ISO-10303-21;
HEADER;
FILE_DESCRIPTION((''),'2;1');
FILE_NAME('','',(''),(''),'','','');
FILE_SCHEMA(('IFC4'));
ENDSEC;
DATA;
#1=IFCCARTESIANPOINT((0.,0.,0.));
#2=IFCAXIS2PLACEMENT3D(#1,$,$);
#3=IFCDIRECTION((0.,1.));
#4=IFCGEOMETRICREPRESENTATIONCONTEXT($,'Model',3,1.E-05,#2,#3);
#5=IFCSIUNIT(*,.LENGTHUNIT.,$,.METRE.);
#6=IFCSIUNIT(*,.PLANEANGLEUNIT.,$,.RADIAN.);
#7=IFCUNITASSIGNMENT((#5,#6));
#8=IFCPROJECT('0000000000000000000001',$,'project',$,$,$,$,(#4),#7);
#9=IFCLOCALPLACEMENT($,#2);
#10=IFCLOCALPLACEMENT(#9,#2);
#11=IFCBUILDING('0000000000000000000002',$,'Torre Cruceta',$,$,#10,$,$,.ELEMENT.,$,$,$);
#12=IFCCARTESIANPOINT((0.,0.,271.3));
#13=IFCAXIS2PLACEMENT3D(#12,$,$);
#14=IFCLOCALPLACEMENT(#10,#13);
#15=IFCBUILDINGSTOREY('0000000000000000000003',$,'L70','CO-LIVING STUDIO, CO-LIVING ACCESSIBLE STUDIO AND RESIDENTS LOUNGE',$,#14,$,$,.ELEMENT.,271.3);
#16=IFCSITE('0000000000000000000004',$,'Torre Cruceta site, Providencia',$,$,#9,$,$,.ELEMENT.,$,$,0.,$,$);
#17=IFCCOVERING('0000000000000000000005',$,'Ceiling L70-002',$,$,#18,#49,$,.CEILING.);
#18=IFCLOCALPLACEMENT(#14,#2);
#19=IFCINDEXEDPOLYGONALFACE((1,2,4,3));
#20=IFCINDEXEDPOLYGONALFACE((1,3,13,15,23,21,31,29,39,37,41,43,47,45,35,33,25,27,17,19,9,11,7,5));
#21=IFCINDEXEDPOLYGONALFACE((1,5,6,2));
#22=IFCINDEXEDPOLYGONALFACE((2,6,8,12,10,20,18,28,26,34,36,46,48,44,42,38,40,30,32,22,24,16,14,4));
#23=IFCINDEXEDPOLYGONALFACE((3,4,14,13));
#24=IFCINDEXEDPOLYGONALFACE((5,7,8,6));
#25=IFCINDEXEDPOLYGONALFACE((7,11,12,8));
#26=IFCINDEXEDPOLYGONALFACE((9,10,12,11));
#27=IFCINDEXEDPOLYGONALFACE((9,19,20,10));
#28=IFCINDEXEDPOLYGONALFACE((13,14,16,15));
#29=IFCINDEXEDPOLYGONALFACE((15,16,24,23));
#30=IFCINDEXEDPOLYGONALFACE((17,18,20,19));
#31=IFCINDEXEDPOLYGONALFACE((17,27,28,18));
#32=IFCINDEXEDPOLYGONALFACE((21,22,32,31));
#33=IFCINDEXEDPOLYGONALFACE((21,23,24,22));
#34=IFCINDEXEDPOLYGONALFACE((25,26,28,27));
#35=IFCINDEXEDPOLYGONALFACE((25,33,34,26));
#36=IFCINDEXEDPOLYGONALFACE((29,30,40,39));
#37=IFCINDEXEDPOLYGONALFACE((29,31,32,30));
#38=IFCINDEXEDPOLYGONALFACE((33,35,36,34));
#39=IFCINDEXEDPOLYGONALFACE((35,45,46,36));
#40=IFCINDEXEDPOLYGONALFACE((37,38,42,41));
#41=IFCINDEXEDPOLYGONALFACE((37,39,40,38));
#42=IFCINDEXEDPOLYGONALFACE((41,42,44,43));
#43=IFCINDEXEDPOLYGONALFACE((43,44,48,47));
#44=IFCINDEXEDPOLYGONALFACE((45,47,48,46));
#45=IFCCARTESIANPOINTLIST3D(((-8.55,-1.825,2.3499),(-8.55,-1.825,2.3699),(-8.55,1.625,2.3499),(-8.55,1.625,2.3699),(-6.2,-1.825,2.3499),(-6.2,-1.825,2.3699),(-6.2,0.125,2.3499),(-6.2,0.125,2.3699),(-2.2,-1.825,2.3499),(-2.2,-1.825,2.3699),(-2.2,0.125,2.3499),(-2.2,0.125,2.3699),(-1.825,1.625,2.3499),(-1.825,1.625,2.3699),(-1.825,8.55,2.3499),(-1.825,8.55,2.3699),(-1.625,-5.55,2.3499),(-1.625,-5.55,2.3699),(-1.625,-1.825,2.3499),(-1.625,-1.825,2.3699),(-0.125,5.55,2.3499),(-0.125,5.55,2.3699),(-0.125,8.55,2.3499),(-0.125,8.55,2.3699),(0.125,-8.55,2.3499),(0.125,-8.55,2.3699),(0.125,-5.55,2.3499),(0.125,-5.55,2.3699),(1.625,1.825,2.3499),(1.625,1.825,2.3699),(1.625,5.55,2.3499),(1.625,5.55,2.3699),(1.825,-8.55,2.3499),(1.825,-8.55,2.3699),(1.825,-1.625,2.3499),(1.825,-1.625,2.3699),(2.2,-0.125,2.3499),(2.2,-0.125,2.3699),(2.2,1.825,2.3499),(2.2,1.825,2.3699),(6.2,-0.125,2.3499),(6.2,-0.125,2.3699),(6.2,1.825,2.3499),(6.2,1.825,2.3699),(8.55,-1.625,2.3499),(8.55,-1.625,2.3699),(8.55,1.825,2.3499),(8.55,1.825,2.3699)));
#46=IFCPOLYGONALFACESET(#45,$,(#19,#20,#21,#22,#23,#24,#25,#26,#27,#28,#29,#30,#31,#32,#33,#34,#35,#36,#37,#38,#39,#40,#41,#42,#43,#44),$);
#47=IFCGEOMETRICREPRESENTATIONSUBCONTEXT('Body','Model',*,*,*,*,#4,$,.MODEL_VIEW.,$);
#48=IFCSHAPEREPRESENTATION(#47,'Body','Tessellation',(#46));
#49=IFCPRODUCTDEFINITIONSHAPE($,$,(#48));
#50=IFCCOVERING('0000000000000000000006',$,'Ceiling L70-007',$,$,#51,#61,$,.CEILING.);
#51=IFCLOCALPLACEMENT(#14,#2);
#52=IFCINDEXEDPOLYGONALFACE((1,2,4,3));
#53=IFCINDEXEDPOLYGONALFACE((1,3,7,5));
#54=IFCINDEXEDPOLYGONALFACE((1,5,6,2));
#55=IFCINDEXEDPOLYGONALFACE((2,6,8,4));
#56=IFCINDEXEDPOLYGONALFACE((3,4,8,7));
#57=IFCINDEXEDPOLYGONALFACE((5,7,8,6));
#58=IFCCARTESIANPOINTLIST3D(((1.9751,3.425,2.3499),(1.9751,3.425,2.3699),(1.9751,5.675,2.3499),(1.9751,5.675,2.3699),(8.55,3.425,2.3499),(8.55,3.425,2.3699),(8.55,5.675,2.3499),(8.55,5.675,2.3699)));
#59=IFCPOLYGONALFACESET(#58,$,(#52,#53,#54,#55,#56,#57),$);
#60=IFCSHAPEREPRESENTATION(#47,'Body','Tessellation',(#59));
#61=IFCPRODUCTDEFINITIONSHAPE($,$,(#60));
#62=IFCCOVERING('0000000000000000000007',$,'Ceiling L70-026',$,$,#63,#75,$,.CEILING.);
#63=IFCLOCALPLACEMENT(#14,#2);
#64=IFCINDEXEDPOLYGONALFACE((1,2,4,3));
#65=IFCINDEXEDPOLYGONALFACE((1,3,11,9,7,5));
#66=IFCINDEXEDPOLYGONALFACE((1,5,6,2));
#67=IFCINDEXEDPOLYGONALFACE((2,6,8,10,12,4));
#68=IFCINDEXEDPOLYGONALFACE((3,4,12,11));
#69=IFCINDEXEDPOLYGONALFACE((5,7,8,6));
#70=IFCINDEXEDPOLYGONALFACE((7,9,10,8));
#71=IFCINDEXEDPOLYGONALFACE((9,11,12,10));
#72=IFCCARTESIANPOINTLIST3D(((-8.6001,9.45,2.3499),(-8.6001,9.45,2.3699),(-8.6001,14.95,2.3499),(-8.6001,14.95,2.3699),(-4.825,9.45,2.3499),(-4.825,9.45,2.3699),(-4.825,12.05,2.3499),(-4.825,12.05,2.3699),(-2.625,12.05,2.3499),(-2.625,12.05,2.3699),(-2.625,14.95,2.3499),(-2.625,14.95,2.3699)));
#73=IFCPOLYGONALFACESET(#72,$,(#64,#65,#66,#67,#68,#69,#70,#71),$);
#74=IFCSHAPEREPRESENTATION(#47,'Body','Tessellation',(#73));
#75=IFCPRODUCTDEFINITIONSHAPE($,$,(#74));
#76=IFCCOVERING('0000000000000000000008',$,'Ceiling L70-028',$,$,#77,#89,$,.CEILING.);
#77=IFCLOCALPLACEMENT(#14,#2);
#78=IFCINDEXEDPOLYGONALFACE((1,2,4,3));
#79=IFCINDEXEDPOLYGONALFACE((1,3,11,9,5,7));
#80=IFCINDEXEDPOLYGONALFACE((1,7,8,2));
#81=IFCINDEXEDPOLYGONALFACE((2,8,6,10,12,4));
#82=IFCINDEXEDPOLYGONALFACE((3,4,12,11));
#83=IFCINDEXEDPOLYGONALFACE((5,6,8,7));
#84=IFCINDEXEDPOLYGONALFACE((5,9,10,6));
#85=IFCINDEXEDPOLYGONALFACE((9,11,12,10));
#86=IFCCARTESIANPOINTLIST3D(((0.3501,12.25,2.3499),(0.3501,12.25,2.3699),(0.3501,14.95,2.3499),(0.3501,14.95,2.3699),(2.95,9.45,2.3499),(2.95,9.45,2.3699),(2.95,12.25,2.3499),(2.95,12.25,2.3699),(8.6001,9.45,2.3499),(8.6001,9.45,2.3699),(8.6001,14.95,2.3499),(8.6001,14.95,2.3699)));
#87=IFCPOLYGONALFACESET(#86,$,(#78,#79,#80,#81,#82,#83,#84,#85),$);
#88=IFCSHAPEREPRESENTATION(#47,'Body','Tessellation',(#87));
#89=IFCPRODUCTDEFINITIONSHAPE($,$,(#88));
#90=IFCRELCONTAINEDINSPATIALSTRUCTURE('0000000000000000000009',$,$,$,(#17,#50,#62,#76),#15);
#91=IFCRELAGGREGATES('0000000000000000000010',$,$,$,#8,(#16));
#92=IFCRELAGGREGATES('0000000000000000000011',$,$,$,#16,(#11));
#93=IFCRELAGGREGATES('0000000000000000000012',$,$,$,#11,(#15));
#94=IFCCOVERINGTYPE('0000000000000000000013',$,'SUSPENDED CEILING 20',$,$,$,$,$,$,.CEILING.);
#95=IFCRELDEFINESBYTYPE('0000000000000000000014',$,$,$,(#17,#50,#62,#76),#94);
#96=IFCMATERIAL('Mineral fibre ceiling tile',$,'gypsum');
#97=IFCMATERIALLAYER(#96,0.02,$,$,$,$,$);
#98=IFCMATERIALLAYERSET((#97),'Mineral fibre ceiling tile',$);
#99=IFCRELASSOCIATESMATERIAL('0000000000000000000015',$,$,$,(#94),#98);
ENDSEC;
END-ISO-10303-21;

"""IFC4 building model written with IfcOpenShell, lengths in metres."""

from ifc_helpers import new_model, si_unit, direction, frame, origin, place, context, subcontext, project, spatial, polyline, outline, extrude, material, layer, layer_set, type_object, element, save


model = new_model("IFC4")

# Units and contexts
model_context = context("Model", 3, precision=1e-05, world=origin(), true_north=direction((0.0, 1.0)))
body_context = subcontext(model_context, "Body", "Model", "MODEL_VIEW")
ifc_project = project(units=[si_unit("LENGTHUNIT", "METRE"), si_unit("PLANEANGLEUNIT", "RADIAN")], contexts=[model_context])

# Site, building, storey
site_placement = place(None, origin())
site = spatial("IfcSite", under=ifc_project, at=site_placement, Name="Torre Cruceta site, Providencia", CompositionType="ELEMENT", RefElevation=0.0)
building_placement = place(site_placement, origin())
building = spatial("IfcBuilding", under=site, at=building_placement, Name="Torre Cruceta", CompositionType="ELEMENT")
storey_placement = place(building_placement, frame((0.0, 0.0, 271.3)))
storey = spatial("IfcBuildingStorey", under=building, at=storey_placement, Name="L70", Description="CO-LIVING STUDIO, CO-LIVING ACCESSIBLE STUDIO AND RESIDENTS LOUNGE", CompositionType="ELEMENT", Elevation=271.3)

# Coverings
ifc_material_1 = material(Name="Mineral fibre ceiling tile", Category="gypsum")
ifc_layer_1 = layer(ifc_material_1, 0.02)
ifc_layer_set_1 = layer_set([ifc_layer_1], Name="Mineral fibre ceiling tile")
covering_type = type_object("IfcCoveringType", Name="SUSPENDED CEILING 20", PredefinedType="CEILING", material=ifc_layer_set_1)
covering_1_placement = place(storey_placement, frame((0.0, 0.0, 2.3499)))
element("IfcCovering", 1, at=covering_1_placement, inside=storey, type_object=covering_type, Name="Ceiling L70-002", PredefinedType="CEILING", context=body_context, shape_type="SweptSolid", body=[
    extrude(outline(polyline([(1.825, -8.55), (0.125, -8.55), (0.125, -5.55), (-1.625, -5.55), (-1.625, -1.825), (-2.2, -1.825), (-2.2, 0.125), (-6.2, 0.125), (-6.2, -1.825), (-8.55, -1.825), (-8.55, 1.625), (-1.825, 1.625), (-1.825, 8.55), (-0.125, 8.55), (-0.125, 5.55), (1.625, 5.55), (1.625, 1.825), (2.2, 1.825), (2.2, -0.125), (6.2, -0.125), (6.2, 1.825), (8.55, 1.825), (8.55, -1.625), (1.825, -1.625), (1.825, -8.55)])), origin(), (0.0, 0.0, 1.0), 0.02),
])
covering_2_placement = place(storey_placement, frame((0.0, 0.0, 2.3499)))
element("IfcCovering", 2, at=covering_2_placement, inside=storey, type_object=covering_type, Name="Ceiling L70-007", PredefinedType="CEILING", context=body_context, shape_type="SweptSolid", body=[
    extrude(outline(polyline([(1.9751, 3.425), (1.9751, 5.675), (8.55, 5.675), (8.55, 3.425), (1.9751, 3.425)])), origin(), (0.0, 0.0, 1.0), 0.02),
])
covering_3_placement = place(storey_placement, frame((0.0, 0.0, 2.3499)))
element("IfcCovering", 3, at=covering_3_placement, inside=storey, type_object=covering_type, Name="Ceiling L70-026", PredefinedType="CEILING", context=body_context, shape_type="SweptSolid", body=[
    extrude(outline(polyline([(-8.6001, 9.45), (-8.6001, 14.95), (-2.625, 14.95), (-2.625, 12.05), (-4.825, 12.05), (-4.825, 9.45), (-8.6001, 9.45)])), origin(), (0.0, 0.0, 1.0), 0.02),
])
covering_4_placement = place(storey_placement, frame((0.0, 0.0, 2.3499)))
element("IfcCovering", 4, at=covering_4_placement, inside=storey, type_object=covering_type, Name="Ceiling L70-028", PredefinedType="CEILING", context=body_context, shape_type="SweptSolid", body=[
    extrude(outline(polyline([(0.3501, 14.95), (8.6001, 14.95), (8.6001, 9.45), (2.95, 9.45), (2.95, 12.25), (0.3501, 12.25), (0.3501, 14.95)])), origin(), (0.0, 0.0, 1.0), 0.02),
])

save(model, "model.ifc")
